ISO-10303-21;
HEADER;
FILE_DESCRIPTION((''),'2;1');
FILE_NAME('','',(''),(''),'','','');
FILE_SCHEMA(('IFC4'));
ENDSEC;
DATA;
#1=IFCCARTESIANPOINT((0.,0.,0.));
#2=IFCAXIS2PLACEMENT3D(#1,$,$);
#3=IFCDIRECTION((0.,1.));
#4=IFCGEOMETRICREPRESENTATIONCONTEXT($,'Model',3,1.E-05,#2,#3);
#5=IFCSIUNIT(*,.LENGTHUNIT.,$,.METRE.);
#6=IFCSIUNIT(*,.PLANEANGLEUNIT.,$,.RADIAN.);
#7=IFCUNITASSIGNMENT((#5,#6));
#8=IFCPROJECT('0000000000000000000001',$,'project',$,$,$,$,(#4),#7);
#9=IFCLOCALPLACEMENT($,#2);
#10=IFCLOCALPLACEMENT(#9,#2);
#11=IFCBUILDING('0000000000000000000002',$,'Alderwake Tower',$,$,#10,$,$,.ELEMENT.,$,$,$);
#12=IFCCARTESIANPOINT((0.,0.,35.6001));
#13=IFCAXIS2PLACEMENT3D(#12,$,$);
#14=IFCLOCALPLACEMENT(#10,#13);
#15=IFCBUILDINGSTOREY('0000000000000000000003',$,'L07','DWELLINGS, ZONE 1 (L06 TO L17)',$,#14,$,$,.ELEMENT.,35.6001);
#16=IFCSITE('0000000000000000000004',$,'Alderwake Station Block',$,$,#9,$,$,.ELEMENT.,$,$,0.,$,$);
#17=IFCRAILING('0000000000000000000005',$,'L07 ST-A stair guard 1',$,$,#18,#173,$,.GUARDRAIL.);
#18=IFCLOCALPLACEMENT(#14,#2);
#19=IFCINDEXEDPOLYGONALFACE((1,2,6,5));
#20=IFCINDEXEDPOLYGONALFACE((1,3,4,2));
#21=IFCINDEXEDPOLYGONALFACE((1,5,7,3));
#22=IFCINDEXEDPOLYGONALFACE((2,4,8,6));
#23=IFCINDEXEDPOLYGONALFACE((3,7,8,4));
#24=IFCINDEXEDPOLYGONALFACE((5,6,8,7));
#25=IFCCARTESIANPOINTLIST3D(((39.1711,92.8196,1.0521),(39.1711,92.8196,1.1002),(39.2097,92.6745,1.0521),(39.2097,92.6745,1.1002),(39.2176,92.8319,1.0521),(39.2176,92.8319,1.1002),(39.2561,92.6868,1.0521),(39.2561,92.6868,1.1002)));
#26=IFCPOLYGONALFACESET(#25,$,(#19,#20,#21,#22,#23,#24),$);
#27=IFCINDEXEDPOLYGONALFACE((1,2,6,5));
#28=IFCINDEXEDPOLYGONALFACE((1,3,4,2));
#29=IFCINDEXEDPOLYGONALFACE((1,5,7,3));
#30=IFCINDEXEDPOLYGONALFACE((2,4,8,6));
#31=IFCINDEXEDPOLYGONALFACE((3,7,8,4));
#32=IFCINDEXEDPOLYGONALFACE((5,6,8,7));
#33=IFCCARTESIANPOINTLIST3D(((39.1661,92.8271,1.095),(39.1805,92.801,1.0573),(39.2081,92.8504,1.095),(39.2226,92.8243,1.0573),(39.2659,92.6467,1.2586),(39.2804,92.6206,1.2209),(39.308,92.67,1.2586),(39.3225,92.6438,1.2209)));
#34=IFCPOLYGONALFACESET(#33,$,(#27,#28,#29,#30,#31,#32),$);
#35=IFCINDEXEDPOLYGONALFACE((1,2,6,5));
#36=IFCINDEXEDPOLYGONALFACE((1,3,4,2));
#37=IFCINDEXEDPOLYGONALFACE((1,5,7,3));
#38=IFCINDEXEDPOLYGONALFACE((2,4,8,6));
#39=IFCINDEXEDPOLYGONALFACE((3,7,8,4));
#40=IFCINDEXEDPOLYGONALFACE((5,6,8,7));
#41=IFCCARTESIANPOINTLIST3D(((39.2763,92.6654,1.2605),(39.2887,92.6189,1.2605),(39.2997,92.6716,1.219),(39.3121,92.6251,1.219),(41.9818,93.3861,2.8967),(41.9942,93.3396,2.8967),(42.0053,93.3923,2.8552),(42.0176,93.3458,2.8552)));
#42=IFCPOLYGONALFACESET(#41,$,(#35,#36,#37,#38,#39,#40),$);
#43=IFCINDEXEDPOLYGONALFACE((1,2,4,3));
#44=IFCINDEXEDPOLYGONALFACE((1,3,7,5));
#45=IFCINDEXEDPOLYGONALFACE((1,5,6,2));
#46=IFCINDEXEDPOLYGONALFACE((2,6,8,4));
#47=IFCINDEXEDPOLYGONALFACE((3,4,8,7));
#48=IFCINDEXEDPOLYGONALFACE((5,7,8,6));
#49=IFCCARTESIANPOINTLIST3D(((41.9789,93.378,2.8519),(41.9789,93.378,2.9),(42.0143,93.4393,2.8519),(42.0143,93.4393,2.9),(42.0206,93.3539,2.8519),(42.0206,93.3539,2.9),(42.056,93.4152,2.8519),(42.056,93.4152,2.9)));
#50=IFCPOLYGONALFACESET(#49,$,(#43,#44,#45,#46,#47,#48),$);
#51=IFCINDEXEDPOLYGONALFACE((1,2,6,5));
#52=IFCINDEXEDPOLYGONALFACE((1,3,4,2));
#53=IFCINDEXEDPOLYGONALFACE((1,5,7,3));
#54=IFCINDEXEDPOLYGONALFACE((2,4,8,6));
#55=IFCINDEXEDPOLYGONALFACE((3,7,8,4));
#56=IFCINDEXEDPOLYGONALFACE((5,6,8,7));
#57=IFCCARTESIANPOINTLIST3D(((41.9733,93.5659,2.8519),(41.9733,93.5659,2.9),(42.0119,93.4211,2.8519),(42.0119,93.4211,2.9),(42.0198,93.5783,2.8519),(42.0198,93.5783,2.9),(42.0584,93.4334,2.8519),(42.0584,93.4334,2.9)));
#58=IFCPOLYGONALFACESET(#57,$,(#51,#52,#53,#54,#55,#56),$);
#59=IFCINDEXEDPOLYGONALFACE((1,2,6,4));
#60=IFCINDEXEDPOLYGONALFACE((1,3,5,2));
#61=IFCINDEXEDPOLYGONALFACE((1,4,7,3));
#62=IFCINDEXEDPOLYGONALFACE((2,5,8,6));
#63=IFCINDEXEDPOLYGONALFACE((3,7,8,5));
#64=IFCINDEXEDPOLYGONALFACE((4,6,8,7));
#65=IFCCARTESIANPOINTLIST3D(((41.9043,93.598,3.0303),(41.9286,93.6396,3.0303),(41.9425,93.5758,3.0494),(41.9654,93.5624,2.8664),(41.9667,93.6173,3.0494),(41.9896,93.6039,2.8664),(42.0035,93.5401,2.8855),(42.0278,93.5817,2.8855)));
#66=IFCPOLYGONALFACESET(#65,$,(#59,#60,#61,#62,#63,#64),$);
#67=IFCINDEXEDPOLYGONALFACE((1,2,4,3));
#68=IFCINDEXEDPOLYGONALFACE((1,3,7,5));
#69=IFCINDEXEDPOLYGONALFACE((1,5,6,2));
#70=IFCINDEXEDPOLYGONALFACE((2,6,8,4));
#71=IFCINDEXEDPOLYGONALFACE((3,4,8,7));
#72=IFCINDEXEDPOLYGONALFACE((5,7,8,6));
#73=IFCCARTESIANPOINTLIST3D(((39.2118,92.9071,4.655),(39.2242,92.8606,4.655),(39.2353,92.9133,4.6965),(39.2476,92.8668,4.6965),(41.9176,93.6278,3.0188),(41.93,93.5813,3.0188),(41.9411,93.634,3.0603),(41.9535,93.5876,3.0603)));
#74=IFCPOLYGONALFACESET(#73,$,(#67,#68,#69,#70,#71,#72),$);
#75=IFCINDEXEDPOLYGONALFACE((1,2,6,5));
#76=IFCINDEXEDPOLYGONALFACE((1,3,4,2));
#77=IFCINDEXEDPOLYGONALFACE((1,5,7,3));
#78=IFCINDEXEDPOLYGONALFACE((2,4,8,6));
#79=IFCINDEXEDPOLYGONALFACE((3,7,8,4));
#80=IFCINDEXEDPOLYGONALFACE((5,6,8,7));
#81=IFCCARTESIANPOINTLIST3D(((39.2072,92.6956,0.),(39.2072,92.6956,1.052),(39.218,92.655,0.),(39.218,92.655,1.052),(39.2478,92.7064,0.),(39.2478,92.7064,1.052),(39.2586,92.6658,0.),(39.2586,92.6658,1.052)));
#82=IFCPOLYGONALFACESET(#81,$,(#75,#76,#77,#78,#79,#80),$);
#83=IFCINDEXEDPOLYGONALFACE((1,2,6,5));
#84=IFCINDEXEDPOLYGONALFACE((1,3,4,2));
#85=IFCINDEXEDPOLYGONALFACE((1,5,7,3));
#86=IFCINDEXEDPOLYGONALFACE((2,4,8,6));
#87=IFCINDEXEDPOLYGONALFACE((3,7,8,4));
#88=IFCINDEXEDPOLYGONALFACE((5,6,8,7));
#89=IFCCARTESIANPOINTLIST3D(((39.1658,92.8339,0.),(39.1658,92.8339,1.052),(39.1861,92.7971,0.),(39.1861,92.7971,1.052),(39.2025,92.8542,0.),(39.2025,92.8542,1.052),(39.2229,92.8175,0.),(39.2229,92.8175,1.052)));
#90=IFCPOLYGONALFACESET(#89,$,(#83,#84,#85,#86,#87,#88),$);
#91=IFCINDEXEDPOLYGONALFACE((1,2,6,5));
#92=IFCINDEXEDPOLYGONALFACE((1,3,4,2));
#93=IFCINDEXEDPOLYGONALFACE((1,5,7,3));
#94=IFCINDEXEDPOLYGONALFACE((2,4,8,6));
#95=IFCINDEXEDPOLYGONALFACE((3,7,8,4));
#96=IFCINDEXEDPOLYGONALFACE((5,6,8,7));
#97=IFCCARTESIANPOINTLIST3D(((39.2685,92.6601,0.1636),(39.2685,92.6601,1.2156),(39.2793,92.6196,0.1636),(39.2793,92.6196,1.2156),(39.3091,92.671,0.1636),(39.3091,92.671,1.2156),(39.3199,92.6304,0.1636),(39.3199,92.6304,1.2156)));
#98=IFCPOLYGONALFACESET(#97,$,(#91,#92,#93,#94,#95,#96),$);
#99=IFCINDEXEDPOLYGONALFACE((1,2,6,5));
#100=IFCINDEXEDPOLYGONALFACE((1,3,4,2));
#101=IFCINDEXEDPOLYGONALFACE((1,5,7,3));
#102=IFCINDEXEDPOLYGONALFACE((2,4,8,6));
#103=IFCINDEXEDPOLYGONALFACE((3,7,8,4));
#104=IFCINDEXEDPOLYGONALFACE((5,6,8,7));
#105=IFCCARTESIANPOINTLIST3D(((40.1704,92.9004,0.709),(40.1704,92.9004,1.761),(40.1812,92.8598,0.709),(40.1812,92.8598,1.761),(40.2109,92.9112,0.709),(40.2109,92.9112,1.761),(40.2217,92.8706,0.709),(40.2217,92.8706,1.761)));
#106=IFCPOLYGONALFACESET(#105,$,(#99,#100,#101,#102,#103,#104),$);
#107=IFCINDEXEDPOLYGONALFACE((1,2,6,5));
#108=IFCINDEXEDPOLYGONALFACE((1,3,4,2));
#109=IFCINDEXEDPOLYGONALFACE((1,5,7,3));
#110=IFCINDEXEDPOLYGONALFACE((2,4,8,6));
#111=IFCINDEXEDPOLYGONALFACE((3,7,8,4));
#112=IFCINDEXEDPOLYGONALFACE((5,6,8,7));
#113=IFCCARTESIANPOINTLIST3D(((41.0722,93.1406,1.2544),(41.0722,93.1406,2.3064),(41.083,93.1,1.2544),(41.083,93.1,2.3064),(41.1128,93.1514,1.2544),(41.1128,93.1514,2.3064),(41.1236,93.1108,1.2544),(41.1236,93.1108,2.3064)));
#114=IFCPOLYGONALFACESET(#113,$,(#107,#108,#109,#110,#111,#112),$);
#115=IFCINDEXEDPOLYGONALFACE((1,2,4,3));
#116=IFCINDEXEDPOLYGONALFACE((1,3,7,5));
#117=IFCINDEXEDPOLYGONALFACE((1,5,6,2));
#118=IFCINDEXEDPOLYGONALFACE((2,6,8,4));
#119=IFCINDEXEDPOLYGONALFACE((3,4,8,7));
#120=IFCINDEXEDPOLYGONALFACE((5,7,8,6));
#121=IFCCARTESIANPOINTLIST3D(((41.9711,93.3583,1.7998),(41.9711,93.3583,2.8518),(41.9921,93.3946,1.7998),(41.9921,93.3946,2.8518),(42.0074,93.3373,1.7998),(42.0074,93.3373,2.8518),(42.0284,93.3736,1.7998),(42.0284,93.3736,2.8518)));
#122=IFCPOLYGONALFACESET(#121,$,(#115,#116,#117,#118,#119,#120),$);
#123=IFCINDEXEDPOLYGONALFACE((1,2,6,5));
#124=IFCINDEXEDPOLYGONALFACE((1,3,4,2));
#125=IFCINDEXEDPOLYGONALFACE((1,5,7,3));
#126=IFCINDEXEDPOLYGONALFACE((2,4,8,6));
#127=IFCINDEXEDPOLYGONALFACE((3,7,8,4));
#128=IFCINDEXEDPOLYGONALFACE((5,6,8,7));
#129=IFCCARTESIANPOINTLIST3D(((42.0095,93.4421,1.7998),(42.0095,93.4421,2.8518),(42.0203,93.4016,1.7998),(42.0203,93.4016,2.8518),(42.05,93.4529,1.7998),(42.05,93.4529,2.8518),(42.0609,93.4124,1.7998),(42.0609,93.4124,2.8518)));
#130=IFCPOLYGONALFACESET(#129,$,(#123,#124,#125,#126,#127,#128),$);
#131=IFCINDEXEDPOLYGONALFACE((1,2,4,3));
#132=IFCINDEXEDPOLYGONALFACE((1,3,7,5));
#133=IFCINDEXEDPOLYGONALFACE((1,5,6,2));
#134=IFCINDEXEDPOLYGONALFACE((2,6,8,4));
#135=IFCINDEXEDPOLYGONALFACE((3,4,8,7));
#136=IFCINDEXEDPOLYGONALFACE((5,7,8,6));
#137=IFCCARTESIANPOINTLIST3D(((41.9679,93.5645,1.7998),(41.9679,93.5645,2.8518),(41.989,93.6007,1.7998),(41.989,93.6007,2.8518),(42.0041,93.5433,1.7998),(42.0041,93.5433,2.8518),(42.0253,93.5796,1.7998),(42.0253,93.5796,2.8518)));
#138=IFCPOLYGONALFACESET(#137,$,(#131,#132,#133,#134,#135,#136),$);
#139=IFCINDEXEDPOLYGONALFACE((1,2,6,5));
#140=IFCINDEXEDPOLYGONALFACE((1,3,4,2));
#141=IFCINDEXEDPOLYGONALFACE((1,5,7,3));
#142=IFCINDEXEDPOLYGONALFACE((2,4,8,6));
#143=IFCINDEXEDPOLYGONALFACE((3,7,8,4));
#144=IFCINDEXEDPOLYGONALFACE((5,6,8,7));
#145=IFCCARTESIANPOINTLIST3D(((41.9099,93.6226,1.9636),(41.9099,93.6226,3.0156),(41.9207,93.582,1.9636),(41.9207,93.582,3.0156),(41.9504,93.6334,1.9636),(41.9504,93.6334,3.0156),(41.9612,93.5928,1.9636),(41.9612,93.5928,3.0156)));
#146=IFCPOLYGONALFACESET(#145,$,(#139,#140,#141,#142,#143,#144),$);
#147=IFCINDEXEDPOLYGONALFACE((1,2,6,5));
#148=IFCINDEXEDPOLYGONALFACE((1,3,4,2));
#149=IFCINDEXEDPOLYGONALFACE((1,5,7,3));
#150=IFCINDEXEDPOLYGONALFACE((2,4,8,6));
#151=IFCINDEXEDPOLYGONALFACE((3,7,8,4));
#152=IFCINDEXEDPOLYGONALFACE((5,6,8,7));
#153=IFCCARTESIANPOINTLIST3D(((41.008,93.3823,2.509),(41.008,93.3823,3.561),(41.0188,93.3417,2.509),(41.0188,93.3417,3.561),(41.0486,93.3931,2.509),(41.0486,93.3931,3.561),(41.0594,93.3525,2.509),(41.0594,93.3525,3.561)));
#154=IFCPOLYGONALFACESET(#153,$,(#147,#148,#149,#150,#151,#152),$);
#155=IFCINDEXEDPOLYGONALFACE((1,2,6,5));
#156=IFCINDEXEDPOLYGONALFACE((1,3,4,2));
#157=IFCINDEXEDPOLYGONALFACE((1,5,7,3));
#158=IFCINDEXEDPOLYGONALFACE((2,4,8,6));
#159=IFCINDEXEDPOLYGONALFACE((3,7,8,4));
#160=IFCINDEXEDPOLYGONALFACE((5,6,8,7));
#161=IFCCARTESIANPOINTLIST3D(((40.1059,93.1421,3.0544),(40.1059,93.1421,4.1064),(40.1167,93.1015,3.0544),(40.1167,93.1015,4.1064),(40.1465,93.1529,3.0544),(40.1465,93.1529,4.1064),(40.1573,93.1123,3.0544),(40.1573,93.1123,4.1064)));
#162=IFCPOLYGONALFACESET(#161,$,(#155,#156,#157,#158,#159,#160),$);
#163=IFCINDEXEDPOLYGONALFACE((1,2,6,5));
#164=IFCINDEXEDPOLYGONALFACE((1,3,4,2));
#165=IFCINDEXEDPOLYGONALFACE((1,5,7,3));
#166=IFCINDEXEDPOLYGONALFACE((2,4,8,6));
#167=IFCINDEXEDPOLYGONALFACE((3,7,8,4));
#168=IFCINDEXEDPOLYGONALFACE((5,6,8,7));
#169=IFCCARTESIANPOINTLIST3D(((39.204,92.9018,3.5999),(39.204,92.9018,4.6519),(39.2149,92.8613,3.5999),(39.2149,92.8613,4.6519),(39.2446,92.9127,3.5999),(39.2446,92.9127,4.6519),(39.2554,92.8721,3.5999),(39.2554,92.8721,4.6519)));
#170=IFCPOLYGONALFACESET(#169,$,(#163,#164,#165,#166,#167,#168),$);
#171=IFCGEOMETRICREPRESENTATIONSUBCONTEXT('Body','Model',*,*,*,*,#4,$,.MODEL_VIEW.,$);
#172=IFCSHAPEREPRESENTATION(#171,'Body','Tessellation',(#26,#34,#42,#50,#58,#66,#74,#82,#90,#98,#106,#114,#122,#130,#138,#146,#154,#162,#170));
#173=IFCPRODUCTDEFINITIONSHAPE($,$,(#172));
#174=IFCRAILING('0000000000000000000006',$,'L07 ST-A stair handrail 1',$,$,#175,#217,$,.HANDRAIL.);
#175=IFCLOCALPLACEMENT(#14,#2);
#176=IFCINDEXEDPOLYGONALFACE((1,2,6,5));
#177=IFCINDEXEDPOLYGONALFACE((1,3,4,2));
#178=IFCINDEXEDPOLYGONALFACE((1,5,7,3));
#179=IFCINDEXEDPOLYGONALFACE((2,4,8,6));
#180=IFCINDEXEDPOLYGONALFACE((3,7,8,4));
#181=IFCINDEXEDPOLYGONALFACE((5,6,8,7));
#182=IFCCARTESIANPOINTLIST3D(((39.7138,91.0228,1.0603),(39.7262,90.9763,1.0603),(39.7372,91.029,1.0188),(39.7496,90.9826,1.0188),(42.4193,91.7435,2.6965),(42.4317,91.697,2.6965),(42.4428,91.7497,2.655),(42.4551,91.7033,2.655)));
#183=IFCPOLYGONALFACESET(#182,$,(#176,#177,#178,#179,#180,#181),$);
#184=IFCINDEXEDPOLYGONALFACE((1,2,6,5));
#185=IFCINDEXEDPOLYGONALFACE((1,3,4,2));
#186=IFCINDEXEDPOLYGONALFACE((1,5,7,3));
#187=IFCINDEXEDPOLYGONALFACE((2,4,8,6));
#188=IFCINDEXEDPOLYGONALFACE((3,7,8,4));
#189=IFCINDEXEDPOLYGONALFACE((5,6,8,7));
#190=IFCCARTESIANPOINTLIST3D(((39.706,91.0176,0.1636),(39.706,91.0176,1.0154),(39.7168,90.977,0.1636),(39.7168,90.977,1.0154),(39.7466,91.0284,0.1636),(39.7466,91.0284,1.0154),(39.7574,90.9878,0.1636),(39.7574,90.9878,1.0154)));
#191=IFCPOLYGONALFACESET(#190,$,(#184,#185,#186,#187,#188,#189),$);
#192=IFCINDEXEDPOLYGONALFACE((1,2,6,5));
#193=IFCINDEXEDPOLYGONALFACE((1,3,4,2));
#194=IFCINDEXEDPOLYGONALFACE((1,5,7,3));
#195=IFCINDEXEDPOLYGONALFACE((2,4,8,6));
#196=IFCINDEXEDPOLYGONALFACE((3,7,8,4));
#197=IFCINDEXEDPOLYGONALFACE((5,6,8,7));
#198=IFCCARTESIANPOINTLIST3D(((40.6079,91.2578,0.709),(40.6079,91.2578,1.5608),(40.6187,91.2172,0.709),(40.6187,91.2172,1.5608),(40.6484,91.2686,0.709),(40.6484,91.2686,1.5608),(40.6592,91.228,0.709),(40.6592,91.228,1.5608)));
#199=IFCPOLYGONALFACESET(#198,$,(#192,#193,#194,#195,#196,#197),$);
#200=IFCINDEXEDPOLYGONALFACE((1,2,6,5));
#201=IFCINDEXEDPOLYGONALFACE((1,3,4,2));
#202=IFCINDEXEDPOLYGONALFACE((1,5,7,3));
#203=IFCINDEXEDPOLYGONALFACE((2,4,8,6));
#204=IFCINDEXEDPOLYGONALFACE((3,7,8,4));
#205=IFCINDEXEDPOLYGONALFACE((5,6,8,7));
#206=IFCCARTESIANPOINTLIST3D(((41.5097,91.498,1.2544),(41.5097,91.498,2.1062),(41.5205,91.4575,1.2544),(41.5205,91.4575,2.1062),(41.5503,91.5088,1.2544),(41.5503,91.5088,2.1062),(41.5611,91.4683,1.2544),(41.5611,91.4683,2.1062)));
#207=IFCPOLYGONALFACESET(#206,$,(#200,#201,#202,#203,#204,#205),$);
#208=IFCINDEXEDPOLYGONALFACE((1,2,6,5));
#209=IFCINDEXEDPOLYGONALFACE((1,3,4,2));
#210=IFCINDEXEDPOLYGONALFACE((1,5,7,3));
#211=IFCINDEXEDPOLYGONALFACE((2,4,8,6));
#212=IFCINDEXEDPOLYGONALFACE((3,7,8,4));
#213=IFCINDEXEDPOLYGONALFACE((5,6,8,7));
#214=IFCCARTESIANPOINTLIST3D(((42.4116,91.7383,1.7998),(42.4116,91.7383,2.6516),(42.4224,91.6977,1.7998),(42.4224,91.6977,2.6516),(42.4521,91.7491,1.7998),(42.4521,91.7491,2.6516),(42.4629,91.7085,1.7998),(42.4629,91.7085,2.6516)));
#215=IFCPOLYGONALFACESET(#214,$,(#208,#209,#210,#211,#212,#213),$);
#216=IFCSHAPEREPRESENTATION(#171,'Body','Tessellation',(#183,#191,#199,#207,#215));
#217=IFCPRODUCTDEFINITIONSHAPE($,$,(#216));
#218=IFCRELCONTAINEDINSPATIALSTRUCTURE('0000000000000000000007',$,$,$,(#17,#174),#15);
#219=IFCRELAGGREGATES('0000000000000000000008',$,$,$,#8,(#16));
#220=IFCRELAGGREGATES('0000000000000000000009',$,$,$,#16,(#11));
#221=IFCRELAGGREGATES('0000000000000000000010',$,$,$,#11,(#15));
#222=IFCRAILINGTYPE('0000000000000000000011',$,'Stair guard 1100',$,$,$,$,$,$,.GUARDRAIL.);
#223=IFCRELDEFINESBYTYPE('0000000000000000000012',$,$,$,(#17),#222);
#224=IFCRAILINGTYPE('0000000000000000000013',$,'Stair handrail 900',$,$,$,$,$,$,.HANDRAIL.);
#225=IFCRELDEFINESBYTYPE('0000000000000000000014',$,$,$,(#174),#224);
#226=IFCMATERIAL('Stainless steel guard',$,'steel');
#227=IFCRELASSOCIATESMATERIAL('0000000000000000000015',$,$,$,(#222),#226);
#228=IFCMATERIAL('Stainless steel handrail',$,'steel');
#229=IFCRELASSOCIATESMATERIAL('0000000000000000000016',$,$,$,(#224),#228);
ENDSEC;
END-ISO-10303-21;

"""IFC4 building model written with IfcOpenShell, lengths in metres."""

from ifc_helpers import new_model, si_unit, direction, frame, origin, origin_2d, place, context, subcontext, project, spatial, rectangle, extrude, material, type_object, element, save


model = new_model("IFC4")

# Units and contexts
model_context = context("Model", 3, precision=1e-05, world=origin(), true_north=direction((0.0, 1.0)))
body_context = subcontext(model_context, "Body", "Model", "MODEL_VIEW")
ifc_project = project(units=[si_unit("LENGTHUNIT", "METRE"), si_unit("PLANEANGLEUNIT", "RADIAN")], contexts=[model_context])

# Site, building, storey
site_placement = place(None, origin())
site = spatial("IfcSite", under=ifc_project, at=site_placement, Name="Alderwake Station Block", CompositionType="ELEMENT", RefElevation=0.0)
building_placement = place(site_placement, origin())
building = spatial("IfcBuilding", under=site, at=building_placement, Name="Alderwake Tower", CompositionType="ELEMENT")
storey_placement = place(building_placement, frame((0.0, 0.0, 35.6001)))
storey = spatial("IfcBuildingStorey", under=building, at=storey_placement, Name="L07", Description="DWELLINGS, ZONE 1 (L06 TO L17)", CompositionType="ELEMENT", Elevation=35.6001)

# Railings
ifc_material_1 = material(Name="Stainless steel guard", Category="steel")
railing_type_1 = type_object("IfcRailingType", Name="Stair guard 1100", PredefinedType="GUARDRAIL", material=ifc_material_1)
railing_1_placement = place(storey_placement, frame((39.2329, 92.6807, 0.0)))
element("IfcRailing", 1, at=railing_1_placement, inside=storey, type_object=railing_type_1, Name="L07 ST-A stair guard 1", PredefinedType="GUARDRAIL", context=body_context, shape_type="SweptSolid", body=[
    extrude(rectangle(XDim=0.0481, YDim=0.0481, at=origin_2d()), frame((0.0, 0.0, 1.0762), z_axis=(-0.257055, 0.966397, 0.0), x_axis=(-0.966397, -0.257055, 0.0)), (0.0, 0.0, 1.0), 0.1501),
    extrude(rectangle(XDim=0.0481, YDim=0.0481, at=origin_2d()), frame((-0.0386, 0.145, 1.0762), z_axis=(0.379371, -0.685464, 0.621463), x_axis=(0.874938, 0.484235, 0.0)), (0.0, 0.0, 1.0), 0.2632),
    extrude(rectangle(XDim=0.0481, YDim=0.0481, at=origin_2d()), frame((0.0613, -0.0354, 1.2397), z_axis=(0.834291, 0.222237, 0.504549), x_axis=(-0.257402, 0.966304, 0.0)), (0.0, 0.0, 1.0), 3.2429),
    extrude(rectangle(XDim=0.0481, YDim=0.0481, at=origin_2d()), frame((2.7668, 0.6853, 2.876), z_axis=(0.50022, 0.865898, 0.0), x_axis=(-0.865898, 0.50022, 0.0)), (0.0, 0.0, 1.0), 0.0708),
    extrude(rectangle(XDim=0.0481, YDim=0.0481, at=origin_2d()), frame((2.8022, 0.7466, 2.876), z_axis=(-0.25746, 0.966289, 0.0), x_axis=(-0.966289, -0.25746, 0.0)), (0.0, 0.0, 1.0), 0.1499),
    extrude(rectangle(XDim=0.0481, YDim=0.0481, at=origin_2d()), frame((2.7637, 0.8914, 2.876), z_axis=(-0.342095, 0.199783, 0.918182), x_axis=(-0.5043, -0.863528, 0.0)), (0.0, 0.0, 1.0), 0.1785),
    extrude(rectangle(XDim=0.0481, YDim=0.0481, at=origin_2d()), frame((2.7026, 0.927, 3.0396), z_axis=(-0.834314, -0.222223, 0.504518), x_axis=(0.25738, -0.96631, 0.0)), (0.0, 0.0, 1.0), 3.2432),
    extrude(rectangle(XDim=0.042, YDim=0.042, at=origin_2d()), frame((0.0, 0.0, 0.0), z_axis=(0.0, 0.0, 1.0), x_axis=(-0.257055, 0.966397, 0.0)), (0.0, 0.0, 1.0), 1.052),
    extrude(rectangle(XDim=0.042, YDim=0.042, at=origin_2d()), frame((-0.0386, 0.145, 0.0), z_axis=(0.0, 0.0, 1.0), x_axis=(0.484235, -0.874938, 0.0)), (0.0, 0.0, 1.0), 1.052),
    extrude(rectangle(XDim=0.042, YDim=0.042, at=origin_2d()), frame((0.0613, -0.0354, 0.1636), z_axis=(0.0, 0.0, 1.0), x_axis=(0.966304, 0.257402, 0.0)), (0.0, 0.0, 1.0), 1.052),
    extrude(rectangle(XDim=0.042, YDim=0.042, at=origin_2d()), frame((0.9631, 0.2048, 0.709), z_axis=(0.0, 0.0, 1.0), x_axis=(0.966304, 0.257402, 0.0)), (0.0, 0.0, 1.0), 1.052),
    extrude(rectangle(XDim=0.042, YDim=0.042, at=origin_2d()), frame((1.865, 0.4451, 1.2544), z_axis=(0.0, 0.0, 1.0), x_axis=(0.966304, 0.257402, 0.0)), (0.0, 0.0, 1.0), 1.052),
    extrude(rectangle(XDim=0.042, YDim=0.042, at=origin_2d()), frame((2.7668, 0.6853, 1.7998), z_axis=(0.0, 0.0, 1.0), x_axis=(0.50022, 0.865898, 0.0)), (0.0, 0.0, 1.0), 1.052),
    extrude(rectangle(XDim=0.042, YDim=0.042, at=origin_2d()), frame((2.8022, 0.7466, 1.7998), z_axis=(0.0, 0.0, 1.0), x_axis=(-0.25746, 0.966289, 0.0)), (0.0, 0.0, 1.0), 1.052),
    extrude(rectangle(XDim=0.042, YDim=0.042, at=origin_2d()), frame((2.7637, 0.8914, 1.7998), z_axis=(0.0, 0.0, 1.0), x_axis=(-0.863528, 0.5043, 0.0)), (0.0, 0.0, 1.0), 1.052),
    extrude(rectangle(XDim=0.042, YDim=0.042, at=origin_2d()), frame((2.7026, 0.927, 1.9636), z_axis=(0.0, 0.0, 1.0), x_axis=(-0.96631, -0.25738, 0.0)), (0.0, 0.0, 1.0), 1.052),
    extrude(rectangle(XDim=0.042, YDim=0.042, at=origin_2d()), frame((1.8008, 0.6868, 2.509), z_axis=(0.0, 0.0, 1.0), x_axis=(-0.96631, -0.25738, 0.0)), (0.0, 0.0, 1.0), 1.052),
    extrude(rectangle(XDim=0.042, YDim=0.042, at=origin_2d()), frame((0.8987, 0.4465, 3.0544), z_axis=(0.0, 0.0, 1.0), x_axis=(-0.96631, -0.25738, 0.0)), (0.0, 0.0, 1.0), 1.052),
    extrude(rectangle(XDim=0.042, YDim=0.042, at=origin_2d()), frame((-0.0032, 0.2063, 3.5999), z_axis=(0.0, 0.0, 1.0), x_axis=(-0.96631, -0.25738, 0.0)), (0.0, 0.0, 1.0), 1.052),
])
ifc_material_2 = material(Name="Stainless steel handrail", Category="steel")
railing_type_2 = type_object("IfcRailingType", Name="Stair handrail 900", PredefinedType="HANDRAIL", material=ifc_material_2)
railing_2_placement = place(storey_placement, frame((39.7317, 91.0027, 0.1636)))
element("IfcRailing", 2, at=railing_2_placement, inside=storey, type_object=railing_type_2, Name="L07 ST-A stair handrail 1", PredefinedType="HANDRAIL", context=body_context, shape_type="SweptSolid", body=[
    extrude(rectangle(XDim=0.0481, YDim=0.0481, at=origin_2d()), frame((0.0, 0.0, 0.876), z_axis=(0.834291, 0.222237, 0.504549), x_axis=(-0.257402, 0.966304, 0.0)), (0.0, 0.0, 1.0), 3.2429),
    extrude(rectangle(XDim=0.042, YDim=0.042, at=origin_2d()), frame((0.0, 0.0, 0.0), z_axis=(0.0, 0.0, 1.0), x_axis=(0.966304, 0.257402, 0.0)), (0.0, 0.0, 1.0), 0.8518),
    extrude(rectangle(XDim=0.042, YDim=0.042, at=origin_2d()), frame((0.9019, 0.2402, 0.5454), z_axis=(0.0, 0.0, 1.0), x_axis=(0.966304, 0.257402, 0.0)), (0.0, 0.0, 1.0), 0.8518),
    extrude(rectangle(XDim=0.042, YDim=0.042, at=origin_2d()), frame((1.8037, 0.4805, 1.0908), z_axis=(0.0, 0.0, 1.0), x_axis=(0.966304, 0.257402, 0.0)), (0.0, 0.0, 1.0), 0.8518),
    extrude(rectangle(XDim=0.042, YDim=0.042, at=origin_2d()), frame((2.7056, 0.7207, 1.6362), z_axis=(0.0, 0.0, 1.0), x_axis=(0.966304, 0.257402, 0.0)), (0.0, 0.0, 1.0), 0.8518),
])

save(model, "model.ifc")
